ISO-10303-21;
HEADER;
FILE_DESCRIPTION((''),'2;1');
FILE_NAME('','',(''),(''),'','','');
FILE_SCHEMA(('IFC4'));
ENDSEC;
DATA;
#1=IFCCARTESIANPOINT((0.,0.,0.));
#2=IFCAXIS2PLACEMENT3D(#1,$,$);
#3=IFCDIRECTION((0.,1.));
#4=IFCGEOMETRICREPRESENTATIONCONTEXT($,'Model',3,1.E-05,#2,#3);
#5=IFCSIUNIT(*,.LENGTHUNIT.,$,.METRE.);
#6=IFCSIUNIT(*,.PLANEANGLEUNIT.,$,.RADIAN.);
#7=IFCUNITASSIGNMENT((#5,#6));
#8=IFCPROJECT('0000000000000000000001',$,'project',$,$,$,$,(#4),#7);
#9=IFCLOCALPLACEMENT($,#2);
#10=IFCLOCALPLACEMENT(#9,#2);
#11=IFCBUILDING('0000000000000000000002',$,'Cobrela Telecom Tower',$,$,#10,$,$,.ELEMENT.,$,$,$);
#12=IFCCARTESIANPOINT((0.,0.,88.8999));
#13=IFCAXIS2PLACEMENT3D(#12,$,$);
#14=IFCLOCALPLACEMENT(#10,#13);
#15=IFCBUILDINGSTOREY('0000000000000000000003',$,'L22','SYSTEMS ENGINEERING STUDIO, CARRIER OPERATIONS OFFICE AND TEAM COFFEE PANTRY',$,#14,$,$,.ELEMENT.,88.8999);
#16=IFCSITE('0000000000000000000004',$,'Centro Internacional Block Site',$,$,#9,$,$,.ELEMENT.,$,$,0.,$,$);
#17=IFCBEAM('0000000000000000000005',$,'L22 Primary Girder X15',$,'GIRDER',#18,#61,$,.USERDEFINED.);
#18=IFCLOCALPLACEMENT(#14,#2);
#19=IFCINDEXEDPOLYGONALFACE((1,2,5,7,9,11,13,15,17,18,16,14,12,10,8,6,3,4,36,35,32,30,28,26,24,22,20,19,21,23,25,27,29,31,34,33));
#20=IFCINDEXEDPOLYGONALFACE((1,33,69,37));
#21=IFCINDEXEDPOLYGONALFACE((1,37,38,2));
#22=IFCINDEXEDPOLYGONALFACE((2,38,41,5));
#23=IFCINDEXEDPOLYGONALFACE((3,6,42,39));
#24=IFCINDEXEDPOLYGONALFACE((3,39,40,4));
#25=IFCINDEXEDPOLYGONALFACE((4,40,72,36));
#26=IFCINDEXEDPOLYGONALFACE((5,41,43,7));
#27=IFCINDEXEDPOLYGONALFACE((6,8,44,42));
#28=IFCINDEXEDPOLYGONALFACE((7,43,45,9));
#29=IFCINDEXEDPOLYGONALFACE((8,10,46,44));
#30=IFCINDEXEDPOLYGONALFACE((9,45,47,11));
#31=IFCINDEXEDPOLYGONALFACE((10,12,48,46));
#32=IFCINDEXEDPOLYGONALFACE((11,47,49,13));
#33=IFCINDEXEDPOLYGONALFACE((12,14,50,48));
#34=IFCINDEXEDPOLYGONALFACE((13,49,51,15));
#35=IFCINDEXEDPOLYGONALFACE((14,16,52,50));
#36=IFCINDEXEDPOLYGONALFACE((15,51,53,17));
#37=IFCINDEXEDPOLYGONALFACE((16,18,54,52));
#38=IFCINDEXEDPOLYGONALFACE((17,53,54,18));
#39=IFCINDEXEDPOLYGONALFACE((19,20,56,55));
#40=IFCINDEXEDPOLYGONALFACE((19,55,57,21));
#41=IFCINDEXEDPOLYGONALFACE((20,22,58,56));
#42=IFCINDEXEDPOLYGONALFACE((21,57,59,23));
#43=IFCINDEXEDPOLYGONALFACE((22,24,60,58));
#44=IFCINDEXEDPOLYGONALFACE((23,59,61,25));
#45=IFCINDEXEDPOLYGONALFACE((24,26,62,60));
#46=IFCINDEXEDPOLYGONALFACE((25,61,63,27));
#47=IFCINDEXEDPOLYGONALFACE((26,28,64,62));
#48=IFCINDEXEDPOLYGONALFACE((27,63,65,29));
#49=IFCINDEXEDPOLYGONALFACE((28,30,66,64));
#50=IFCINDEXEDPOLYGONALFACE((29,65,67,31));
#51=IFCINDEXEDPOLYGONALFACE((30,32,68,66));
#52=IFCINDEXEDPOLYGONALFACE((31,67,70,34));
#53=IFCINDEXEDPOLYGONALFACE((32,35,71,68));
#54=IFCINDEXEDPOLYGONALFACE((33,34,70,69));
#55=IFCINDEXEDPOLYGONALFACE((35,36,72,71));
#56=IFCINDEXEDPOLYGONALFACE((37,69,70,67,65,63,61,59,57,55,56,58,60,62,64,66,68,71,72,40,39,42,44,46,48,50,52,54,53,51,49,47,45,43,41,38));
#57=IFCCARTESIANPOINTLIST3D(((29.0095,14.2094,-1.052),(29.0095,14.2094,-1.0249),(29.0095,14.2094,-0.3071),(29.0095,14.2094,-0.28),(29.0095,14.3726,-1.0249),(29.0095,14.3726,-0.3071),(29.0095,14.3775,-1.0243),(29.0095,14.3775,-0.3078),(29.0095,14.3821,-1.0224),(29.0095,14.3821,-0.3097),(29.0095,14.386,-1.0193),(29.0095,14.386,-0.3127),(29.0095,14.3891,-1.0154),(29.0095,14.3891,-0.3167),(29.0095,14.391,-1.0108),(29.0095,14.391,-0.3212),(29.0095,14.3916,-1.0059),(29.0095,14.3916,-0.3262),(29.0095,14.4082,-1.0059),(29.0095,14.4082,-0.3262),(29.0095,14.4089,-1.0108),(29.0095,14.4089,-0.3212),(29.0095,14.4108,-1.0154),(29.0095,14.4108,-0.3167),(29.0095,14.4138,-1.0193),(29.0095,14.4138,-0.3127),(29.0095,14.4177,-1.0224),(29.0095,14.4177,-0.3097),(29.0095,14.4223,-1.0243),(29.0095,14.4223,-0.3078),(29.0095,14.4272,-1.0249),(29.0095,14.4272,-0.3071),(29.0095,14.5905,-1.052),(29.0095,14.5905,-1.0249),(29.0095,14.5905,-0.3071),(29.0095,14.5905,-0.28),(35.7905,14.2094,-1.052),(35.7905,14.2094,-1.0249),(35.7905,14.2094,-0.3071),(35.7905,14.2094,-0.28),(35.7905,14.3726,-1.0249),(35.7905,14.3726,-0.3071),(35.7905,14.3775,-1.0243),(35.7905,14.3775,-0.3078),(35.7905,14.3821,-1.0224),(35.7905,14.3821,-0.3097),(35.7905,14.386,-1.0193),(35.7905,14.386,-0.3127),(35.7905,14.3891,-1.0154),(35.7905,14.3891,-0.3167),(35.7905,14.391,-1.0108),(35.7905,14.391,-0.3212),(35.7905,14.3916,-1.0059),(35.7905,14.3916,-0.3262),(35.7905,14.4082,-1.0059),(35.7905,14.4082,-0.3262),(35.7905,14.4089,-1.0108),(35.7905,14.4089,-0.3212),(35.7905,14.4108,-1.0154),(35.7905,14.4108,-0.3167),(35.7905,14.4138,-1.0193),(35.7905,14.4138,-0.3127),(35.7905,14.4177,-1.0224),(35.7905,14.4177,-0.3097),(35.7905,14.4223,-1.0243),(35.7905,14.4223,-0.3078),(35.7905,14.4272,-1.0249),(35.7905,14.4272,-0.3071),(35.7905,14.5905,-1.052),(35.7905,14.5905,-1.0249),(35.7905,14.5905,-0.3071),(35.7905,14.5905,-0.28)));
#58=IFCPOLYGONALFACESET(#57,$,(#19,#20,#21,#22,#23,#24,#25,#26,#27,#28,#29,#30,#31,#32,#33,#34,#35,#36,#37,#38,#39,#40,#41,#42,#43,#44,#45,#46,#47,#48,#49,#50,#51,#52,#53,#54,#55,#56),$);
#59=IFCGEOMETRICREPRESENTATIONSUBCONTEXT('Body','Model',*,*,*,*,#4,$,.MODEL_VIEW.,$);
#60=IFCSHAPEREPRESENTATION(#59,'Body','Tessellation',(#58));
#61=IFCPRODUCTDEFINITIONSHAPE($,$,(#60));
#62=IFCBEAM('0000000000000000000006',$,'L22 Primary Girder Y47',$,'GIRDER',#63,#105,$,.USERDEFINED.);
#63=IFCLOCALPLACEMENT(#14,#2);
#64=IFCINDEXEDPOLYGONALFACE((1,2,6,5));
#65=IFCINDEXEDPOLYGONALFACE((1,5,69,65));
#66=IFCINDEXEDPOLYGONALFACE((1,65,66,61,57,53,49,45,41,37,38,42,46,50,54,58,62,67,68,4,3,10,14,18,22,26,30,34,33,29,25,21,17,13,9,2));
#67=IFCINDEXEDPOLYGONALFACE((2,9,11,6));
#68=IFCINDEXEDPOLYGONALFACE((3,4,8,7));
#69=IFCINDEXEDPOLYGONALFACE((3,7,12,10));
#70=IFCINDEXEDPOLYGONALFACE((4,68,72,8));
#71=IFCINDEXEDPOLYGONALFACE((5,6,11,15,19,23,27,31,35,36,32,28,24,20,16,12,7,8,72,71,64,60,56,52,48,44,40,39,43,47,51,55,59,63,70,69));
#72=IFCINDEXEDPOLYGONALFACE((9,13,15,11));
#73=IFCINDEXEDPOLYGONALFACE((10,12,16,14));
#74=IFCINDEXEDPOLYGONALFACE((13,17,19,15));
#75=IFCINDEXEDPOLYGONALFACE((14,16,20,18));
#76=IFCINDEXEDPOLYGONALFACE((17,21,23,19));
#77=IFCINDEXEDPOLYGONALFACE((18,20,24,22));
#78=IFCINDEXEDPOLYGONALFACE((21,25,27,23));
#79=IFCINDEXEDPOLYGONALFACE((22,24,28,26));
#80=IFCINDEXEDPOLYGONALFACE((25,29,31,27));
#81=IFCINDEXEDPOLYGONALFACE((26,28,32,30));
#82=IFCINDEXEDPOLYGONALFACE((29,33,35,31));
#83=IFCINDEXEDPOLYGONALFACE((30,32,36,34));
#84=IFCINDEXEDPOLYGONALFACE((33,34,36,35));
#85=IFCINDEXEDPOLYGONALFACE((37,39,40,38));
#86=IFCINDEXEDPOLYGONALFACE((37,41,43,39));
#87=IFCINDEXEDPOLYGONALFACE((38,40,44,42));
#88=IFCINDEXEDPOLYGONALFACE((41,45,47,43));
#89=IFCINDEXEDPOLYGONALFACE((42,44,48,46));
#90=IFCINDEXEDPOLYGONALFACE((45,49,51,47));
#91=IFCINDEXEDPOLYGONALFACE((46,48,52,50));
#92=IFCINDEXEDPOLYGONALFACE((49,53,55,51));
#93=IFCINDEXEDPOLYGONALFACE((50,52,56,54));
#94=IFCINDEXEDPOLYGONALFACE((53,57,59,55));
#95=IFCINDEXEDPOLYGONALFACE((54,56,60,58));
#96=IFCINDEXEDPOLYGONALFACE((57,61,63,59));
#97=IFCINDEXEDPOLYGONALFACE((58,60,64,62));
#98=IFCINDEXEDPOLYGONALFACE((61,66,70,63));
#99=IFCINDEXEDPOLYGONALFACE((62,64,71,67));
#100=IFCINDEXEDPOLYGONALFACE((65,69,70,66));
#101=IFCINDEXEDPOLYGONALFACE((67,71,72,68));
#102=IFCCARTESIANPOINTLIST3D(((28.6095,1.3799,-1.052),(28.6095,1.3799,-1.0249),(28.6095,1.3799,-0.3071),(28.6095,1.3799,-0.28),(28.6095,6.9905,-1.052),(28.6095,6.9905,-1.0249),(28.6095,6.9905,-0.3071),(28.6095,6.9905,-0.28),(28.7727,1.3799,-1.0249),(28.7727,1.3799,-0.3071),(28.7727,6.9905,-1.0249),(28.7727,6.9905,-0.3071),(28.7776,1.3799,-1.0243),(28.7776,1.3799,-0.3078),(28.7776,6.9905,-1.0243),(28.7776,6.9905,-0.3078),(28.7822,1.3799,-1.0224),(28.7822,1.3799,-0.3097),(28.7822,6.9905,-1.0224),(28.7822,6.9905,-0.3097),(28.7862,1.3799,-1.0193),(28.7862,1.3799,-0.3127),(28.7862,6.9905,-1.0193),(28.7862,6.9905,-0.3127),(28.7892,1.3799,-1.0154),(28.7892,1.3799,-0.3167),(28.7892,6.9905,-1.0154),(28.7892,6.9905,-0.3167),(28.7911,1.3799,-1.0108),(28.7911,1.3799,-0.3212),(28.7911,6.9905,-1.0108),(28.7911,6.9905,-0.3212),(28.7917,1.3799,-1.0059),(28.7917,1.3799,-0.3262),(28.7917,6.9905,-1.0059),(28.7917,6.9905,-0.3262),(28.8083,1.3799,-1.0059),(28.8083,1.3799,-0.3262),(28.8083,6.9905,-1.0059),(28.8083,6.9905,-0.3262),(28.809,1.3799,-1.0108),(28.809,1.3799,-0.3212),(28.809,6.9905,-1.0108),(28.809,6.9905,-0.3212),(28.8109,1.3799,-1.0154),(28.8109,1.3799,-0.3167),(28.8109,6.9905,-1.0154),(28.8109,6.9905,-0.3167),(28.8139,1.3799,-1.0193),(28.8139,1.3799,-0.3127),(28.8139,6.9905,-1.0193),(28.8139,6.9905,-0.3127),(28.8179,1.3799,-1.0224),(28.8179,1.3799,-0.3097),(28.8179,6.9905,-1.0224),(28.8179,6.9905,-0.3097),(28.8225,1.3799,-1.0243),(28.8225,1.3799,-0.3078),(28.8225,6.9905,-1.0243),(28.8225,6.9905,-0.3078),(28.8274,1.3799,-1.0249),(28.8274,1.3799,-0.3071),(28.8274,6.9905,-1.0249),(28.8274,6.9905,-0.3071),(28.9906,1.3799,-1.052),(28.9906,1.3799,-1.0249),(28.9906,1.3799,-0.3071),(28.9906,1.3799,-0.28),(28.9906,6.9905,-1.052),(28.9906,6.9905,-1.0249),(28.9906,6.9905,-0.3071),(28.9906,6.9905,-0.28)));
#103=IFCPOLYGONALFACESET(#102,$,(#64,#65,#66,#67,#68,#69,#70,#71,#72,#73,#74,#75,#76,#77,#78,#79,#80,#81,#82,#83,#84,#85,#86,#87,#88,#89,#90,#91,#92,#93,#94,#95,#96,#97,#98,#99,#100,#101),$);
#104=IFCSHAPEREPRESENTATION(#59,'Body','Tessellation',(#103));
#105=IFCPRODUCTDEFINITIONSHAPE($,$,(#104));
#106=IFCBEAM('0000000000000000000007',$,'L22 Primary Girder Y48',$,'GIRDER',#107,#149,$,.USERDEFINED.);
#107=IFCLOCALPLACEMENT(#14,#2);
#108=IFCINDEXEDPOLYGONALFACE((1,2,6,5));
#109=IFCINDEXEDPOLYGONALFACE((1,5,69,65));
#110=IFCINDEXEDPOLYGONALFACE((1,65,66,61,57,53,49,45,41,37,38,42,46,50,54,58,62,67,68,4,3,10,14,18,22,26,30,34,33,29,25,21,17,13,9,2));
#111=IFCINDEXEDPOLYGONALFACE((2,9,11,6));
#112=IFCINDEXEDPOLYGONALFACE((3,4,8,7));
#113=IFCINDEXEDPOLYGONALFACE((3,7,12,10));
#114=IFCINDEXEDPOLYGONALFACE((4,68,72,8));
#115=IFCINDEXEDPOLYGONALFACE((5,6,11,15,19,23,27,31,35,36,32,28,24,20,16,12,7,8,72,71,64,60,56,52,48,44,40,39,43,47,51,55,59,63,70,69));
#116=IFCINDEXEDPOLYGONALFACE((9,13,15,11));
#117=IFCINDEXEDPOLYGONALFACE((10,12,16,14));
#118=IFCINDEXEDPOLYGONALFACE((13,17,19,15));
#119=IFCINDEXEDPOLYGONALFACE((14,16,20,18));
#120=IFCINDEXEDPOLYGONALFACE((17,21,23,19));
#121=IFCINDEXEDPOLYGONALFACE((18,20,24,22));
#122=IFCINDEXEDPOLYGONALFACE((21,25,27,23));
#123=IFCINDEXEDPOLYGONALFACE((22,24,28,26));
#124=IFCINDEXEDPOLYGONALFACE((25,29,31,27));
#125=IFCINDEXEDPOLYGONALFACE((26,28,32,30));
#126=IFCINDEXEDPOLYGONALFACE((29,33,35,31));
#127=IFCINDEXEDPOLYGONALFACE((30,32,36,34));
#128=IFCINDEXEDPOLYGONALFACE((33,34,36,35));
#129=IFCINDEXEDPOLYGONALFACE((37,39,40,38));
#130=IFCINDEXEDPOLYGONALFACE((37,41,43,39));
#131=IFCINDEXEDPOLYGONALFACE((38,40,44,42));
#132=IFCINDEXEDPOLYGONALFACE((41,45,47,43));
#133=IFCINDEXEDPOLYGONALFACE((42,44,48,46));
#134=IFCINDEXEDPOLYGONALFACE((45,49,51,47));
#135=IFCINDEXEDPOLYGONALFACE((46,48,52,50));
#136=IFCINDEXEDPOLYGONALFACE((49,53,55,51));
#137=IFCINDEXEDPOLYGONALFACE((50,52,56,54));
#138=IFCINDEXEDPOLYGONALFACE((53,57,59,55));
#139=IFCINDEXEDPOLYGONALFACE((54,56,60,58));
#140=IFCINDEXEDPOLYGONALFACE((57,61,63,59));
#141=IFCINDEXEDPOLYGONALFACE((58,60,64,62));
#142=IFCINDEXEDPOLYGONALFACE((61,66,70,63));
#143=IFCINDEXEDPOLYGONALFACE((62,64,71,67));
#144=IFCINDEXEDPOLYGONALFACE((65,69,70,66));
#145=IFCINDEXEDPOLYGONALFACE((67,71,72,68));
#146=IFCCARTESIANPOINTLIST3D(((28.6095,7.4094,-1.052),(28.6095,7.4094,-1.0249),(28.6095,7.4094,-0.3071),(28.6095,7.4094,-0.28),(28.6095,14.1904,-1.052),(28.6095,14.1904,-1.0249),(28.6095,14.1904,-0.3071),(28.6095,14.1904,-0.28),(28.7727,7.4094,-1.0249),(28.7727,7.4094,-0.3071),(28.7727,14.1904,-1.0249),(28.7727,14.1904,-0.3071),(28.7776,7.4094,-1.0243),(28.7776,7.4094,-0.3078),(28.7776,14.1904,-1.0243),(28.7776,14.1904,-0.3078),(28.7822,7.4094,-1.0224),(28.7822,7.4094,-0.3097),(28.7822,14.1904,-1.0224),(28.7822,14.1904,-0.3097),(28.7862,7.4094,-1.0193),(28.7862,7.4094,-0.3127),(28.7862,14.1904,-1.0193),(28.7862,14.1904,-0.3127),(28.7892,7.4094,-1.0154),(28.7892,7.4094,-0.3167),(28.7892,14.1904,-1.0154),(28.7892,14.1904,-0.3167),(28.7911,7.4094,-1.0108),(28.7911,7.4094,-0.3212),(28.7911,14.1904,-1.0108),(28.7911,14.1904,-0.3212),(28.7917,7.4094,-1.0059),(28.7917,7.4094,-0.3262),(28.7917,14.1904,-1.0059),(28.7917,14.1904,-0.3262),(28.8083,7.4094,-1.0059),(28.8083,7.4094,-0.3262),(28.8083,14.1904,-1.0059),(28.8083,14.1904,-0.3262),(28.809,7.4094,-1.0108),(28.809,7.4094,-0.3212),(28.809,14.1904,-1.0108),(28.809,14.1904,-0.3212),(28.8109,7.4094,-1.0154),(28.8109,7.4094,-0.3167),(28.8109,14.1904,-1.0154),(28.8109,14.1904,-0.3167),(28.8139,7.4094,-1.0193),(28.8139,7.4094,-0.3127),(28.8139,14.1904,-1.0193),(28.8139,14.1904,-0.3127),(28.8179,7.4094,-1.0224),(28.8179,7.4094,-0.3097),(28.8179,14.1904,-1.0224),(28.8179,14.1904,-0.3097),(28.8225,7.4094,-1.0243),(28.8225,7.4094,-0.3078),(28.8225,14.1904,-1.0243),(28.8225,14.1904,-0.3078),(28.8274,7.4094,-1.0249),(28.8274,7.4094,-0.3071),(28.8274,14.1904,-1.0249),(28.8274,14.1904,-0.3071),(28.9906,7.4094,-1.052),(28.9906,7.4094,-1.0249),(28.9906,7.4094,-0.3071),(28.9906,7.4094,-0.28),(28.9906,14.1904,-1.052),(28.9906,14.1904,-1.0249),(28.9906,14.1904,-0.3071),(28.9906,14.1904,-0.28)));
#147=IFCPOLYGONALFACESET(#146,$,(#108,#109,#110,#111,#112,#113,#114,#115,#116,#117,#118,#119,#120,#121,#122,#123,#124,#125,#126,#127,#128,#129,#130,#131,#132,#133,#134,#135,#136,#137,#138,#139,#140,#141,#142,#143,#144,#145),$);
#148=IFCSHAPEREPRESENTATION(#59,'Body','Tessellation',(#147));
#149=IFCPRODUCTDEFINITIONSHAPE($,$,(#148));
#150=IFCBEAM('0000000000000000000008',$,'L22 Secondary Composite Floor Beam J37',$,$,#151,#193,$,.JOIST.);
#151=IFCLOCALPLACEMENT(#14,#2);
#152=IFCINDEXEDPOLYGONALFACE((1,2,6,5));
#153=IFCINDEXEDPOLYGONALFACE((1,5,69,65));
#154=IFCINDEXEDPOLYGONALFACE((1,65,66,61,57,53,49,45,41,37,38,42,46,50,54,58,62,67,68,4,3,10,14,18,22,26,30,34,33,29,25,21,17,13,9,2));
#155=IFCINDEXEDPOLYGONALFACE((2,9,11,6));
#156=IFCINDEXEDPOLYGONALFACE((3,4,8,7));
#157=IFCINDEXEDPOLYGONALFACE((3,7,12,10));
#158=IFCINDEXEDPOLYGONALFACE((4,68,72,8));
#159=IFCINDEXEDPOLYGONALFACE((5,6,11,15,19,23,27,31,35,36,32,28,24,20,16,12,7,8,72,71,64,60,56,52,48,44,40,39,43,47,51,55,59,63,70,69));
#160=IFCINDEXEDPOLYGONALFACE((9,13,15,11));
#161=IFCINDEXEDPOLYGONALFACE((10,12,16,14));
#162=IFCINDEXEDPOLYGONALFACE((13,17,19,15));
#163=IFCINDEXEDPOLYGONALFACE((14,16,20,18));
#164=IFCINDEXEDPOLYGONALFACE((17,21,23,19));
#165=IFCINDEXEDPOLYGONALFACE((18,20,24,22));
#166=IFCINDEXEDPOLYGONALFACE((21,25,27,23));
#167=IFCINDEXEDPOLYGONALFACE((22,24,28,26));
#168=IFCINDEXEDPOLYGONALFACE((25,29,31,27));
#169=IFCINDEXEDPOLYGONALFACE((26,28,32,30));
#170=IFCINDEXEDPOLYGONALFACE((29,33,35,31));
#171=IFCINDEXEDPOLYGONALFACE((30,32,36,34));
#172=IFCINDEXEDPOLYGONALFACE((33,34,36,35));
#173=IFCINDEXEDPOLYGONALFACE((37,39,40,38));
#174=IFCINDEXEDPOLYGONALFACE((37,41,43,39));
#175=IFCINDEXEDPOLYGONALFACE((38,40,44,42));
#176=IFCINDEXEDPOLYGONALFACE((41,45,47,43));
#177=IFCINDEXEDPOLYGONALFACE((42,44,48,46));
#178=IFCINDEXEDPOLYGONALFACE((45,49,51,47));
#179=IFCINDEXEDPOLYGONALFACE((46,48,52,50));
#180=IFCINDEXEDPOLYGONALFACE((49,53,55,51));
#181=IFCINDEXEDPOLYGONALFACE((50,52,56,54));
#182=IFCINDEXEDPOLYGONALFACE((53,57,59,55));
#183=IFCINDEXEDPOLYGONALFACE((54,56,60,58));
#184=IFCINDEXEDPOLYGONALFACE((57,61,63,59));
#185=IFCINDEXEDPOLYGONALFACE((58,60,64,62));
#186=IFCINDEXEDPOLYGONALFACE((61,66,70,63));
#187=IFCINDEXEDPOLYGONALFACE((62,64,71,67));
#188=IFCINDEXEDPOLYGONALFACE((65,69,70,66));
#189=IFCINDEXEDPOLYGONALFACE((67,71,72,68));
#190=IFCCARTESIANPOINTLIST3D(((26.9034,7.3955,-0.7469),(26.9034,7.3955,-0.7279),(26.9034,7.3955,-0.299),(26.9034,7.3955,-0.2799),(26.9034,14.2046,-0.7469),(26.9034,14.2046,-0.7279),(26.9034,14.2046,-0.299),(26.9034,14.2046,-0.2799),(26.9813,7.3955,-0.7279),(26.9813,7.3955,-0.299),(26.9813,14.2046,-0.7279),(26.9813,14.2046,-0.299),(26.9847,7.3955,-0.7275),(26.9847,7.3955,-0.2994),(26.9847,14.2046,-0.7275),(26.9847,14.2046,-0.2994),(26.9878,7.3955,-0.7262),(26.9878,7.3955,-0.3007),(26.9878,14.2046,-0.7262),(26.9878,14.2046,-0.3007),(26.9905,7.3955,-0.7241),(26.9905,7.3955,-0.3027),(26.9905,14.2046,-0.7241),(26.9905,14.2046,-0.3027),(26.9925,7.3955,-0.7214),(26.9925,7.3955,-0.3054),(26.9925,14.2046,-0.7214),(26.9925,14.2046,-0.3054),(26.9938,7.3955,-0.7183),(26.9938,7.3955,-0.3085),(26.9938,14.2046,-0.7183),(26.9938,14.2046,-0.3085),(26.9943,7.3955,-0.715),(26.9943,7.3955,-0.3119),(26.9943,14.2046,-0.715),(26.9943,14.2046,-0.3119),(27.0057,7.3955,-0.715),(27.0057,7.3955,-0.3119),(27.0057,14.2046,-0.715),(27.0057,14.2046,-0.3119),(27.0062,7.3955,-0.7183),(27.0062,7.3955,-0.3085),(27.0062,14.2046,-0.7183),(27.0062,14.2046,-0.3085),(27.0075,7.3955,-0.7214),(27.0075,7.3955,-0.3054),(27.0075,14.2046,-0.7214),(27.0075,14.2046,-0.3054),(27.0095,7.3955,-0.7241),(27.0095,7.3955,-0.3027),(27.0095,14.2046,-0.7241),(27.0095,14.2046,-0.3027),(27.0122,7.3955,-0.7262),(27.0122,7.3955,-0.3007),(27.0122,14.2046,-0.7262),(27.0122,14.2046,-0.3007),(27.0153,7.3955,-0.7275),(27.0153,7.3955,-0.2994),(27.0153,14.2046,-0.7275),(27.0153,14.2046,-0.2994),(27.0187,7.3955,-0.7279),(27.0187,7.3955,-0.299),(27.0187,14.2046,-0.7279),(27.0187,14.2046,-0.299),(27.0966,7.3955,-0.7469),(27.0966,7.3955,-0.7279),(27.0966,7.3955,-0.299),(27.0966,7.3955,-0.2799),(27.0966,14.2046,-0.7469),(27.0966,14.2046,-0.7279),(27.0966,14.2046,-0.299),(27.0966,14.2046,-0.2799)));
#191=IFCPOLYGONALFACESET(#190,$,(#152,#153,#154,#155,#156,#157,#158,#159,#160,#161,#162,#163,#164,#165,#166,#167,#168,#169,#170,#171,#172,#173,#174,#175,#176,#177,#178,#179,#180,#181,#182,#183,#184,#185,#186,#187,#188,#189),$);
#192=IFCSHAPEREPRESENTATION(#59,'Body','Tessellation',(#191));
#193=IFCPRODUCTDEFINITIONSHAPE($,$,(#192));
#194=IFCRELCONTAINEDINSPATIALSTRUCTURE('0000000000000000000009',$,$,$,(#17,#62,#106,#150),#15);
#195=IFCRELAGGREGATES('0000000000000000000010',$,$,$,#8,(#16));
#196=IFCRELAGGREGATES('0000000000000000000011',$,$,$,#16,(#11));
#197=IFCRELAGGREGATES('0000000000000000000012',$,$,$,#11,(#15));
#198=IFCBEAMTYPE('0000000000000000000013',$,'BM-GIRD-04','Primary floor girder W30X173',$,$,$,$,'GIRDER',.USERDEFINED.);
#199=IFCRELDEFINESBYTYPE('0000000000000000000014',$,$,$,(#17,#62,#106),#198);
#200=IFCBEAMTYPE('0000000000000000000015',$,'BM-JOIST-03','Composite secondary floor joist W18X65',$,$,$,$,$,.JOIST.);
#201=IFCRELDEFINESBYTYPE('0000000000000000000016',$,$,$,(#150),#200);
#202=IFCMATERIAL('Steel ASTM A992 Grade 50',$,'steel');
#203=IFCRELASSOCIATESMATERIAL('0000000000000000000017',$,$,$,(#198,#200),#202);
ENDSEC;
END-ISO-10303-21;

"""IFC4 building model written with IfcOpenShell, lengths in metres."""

from ifc_helpers import new_model, si_unit, direction, frame, origin, origin_2d, place, context, subcontext, project, spatial, i_section, extrude, material, material_profile, profile_set, type_object, element, save


model = new_model("IFC4")

# Units and contexts
model_context = context("Model", 3, precision=1e-05, world=origin(), true_north=direction((0.0, 1.0)))
body_context = subcontext(model_context, "Body", "Model", "MODEL_VIEW")
ifc_project = project(units=[si_unit("LENGTHUNIT", "METRE"), si_unit("PLANEANGLEUNIT", "RADIAN")], contexts=[model_context])

# Site, building, storey
site_placement = place(None, origin())
site = spatial("IfcSite", under=ifc_project, at=site_placement, Name="Centro Internacional Block Site", CompositionType="ELEMENT", RefElevation=0.0)
building_placement = place(site_placement, origin())
building = spatial("IfcBuilding", under=site, at=building_placement, Name="Cobrela Telecom Tower", CompositionType="ELEMENT")
storey_placement = place(building_placement, frame((0.0, 0.0, 88.8999)))
storey = spatial("IfcBuildingStorey", under=building, at=storey_placement, Name="L22", Description="SYSTEMS ENGINEERING STUDIO, CARRIER OPERATIONS OFFICE AND TEAM COFFEE PANTRY", CompositionType="ELEMENT", Elevation=88.8999)

# Shared definitions
ifc_material_1 = material(Name="Steel ASTM A992 Grade 50", Category="steel")

# Beams
ifc_material_profile_1 = material_profile(ifc_material_1, i_section(OverallWidth=0.3811, OverallDepth=0.772, WebThickness=0.0166, FlangeThickness=0.0271, FilletRadius=0.019, at=origin_2d()), Name="W30X173")
ifc_profile_set_1 = profile_set([ifc_material_profile_1], Name="Steel ASTM A992 Grade 50")
beam_type_1 = type_object("IfcBeamType", Name="BM-GIRD-04", Description="Primary floor girder W30X173", ElementType="GIRDER", PredefinedType="USERDEFINED", material=ifc_profile_set_1)
for number, where, z_axis, x_axis, name in (
    (1, (29.0095, 14.3999, -0.666), (1.0, 0.0, 0.0), (0.0, 1.0, 0.0), "L22 Primary Girder X15"),
):
    element("IfcBeam", number, at=place(storey_placement, frame(where, z_axis=z_axis, x_axis=x_axis)), inside=storey, type_object=beam_type_1, Name=name, ObjectType="GIRDER", PredefinedType="USERDEFINED", context=body_context, shape_type="SweptSolid", body=[
        extrude(i_section(OverallWidth=0.3811, OverallDepth=0.772, WebThickness=0.0166, FlangeThickness=0.0271, FilletRadius=0.019, at=origin_2d()), origin(), (0.0, 0.0, 1.0), 6.781),
    ])
beam_1_placement = place(storey_placement, frame((28.8, 1.3799, -0.666), z_axis=(0.0, 1.0, 0.0), x_axis=(-1.0, 0.0, 0.0)))
element("IfcBeam", 2, at=beam_1_placement, inside=storey, type_object=beam_type_1, Name="L22 Primary Girder Y47", ObjectType="GIRDER", PredefinedType="USERDEFINED", context=body_context, shape_type="SweptSolid", body=[
    extrude(i_section(OverallWidth=0.3811, OverallDepth=0.772, WebThickness=0.0166, FlangeThickness=0.0271, FilletRadius=0.019, at=origin_2d()), origin(), (0.0, 0.0, 1.0), 5.6106),
])
beam_2_placement = place(storey_placement, frame((28.8, 7.4094, -0.666), z_axis=(0.0, 1.0, 0.0), x_axis=(-1.0, 0.0, 0.0)))
element("IfcBeam", 3, at=beam_2_placement, inside=storey, type_object=beam_type_1, Name="L22 Primary Girder Y48", ObjectType="GIRDER", PredefinedType="USERDEFINED", context=body_context, shape_type="SweptSolid", body=[
    extrude(i_section(OverallWidth=0.3811, OverallDepth=0.772, WebThickness=0.0166, FlangeThickness=0.0271, FilletRadius=0.019, at=origin_2d()), origin(), (0.0, 0.0, 1.0), 6.781),
])
ifc_material_profile_2 = material_profile(ifc_material_1, i_section(OverallWidth=0.1931, OverallDepth=0.467, WebThickness=0.0115, FlangeThickness=0.019, FilletRadius=0.0129, at=origin_2d()), Name="W18X65")
ifc_profile_set_2 = profile_set([ifc_material_profile_2], Name="Steel ASTM A992 Grade 50")
beam_type_2 = type_object("IfcBeamType", Name="BM-JOIST-03", Description="Composite secondary floor joist W18X65", PredefinedType="JOIST", material=ifc_profile_set_2)
beam_3_placement = place(storey_placement, frame((27.0, 7.3955, -0.5134), z_axis=(0.0, 1.0, 0.0), x_axis=(-1.0, 0.0, 0.0)))
element("IfcBeam", 4, at=beam_3_placement, inside=storey, type_object=beam_type_2, Name="L22 Secondary Composite Floor Beam J37", PredefinedType="JOIST", context=body_context, shape_type="SweptSolid", body=[
    extrude(i_section(OverallWidth=0.1931, OverallDepth=0.467, WebThickness=0.0115, FlangeThickness=0.019, FilletRadius=0.0129, at=origin_2d()), origin(), (0.0, 0.0, 1.0), 6.8091),
])

save(model, "model.ifc")
